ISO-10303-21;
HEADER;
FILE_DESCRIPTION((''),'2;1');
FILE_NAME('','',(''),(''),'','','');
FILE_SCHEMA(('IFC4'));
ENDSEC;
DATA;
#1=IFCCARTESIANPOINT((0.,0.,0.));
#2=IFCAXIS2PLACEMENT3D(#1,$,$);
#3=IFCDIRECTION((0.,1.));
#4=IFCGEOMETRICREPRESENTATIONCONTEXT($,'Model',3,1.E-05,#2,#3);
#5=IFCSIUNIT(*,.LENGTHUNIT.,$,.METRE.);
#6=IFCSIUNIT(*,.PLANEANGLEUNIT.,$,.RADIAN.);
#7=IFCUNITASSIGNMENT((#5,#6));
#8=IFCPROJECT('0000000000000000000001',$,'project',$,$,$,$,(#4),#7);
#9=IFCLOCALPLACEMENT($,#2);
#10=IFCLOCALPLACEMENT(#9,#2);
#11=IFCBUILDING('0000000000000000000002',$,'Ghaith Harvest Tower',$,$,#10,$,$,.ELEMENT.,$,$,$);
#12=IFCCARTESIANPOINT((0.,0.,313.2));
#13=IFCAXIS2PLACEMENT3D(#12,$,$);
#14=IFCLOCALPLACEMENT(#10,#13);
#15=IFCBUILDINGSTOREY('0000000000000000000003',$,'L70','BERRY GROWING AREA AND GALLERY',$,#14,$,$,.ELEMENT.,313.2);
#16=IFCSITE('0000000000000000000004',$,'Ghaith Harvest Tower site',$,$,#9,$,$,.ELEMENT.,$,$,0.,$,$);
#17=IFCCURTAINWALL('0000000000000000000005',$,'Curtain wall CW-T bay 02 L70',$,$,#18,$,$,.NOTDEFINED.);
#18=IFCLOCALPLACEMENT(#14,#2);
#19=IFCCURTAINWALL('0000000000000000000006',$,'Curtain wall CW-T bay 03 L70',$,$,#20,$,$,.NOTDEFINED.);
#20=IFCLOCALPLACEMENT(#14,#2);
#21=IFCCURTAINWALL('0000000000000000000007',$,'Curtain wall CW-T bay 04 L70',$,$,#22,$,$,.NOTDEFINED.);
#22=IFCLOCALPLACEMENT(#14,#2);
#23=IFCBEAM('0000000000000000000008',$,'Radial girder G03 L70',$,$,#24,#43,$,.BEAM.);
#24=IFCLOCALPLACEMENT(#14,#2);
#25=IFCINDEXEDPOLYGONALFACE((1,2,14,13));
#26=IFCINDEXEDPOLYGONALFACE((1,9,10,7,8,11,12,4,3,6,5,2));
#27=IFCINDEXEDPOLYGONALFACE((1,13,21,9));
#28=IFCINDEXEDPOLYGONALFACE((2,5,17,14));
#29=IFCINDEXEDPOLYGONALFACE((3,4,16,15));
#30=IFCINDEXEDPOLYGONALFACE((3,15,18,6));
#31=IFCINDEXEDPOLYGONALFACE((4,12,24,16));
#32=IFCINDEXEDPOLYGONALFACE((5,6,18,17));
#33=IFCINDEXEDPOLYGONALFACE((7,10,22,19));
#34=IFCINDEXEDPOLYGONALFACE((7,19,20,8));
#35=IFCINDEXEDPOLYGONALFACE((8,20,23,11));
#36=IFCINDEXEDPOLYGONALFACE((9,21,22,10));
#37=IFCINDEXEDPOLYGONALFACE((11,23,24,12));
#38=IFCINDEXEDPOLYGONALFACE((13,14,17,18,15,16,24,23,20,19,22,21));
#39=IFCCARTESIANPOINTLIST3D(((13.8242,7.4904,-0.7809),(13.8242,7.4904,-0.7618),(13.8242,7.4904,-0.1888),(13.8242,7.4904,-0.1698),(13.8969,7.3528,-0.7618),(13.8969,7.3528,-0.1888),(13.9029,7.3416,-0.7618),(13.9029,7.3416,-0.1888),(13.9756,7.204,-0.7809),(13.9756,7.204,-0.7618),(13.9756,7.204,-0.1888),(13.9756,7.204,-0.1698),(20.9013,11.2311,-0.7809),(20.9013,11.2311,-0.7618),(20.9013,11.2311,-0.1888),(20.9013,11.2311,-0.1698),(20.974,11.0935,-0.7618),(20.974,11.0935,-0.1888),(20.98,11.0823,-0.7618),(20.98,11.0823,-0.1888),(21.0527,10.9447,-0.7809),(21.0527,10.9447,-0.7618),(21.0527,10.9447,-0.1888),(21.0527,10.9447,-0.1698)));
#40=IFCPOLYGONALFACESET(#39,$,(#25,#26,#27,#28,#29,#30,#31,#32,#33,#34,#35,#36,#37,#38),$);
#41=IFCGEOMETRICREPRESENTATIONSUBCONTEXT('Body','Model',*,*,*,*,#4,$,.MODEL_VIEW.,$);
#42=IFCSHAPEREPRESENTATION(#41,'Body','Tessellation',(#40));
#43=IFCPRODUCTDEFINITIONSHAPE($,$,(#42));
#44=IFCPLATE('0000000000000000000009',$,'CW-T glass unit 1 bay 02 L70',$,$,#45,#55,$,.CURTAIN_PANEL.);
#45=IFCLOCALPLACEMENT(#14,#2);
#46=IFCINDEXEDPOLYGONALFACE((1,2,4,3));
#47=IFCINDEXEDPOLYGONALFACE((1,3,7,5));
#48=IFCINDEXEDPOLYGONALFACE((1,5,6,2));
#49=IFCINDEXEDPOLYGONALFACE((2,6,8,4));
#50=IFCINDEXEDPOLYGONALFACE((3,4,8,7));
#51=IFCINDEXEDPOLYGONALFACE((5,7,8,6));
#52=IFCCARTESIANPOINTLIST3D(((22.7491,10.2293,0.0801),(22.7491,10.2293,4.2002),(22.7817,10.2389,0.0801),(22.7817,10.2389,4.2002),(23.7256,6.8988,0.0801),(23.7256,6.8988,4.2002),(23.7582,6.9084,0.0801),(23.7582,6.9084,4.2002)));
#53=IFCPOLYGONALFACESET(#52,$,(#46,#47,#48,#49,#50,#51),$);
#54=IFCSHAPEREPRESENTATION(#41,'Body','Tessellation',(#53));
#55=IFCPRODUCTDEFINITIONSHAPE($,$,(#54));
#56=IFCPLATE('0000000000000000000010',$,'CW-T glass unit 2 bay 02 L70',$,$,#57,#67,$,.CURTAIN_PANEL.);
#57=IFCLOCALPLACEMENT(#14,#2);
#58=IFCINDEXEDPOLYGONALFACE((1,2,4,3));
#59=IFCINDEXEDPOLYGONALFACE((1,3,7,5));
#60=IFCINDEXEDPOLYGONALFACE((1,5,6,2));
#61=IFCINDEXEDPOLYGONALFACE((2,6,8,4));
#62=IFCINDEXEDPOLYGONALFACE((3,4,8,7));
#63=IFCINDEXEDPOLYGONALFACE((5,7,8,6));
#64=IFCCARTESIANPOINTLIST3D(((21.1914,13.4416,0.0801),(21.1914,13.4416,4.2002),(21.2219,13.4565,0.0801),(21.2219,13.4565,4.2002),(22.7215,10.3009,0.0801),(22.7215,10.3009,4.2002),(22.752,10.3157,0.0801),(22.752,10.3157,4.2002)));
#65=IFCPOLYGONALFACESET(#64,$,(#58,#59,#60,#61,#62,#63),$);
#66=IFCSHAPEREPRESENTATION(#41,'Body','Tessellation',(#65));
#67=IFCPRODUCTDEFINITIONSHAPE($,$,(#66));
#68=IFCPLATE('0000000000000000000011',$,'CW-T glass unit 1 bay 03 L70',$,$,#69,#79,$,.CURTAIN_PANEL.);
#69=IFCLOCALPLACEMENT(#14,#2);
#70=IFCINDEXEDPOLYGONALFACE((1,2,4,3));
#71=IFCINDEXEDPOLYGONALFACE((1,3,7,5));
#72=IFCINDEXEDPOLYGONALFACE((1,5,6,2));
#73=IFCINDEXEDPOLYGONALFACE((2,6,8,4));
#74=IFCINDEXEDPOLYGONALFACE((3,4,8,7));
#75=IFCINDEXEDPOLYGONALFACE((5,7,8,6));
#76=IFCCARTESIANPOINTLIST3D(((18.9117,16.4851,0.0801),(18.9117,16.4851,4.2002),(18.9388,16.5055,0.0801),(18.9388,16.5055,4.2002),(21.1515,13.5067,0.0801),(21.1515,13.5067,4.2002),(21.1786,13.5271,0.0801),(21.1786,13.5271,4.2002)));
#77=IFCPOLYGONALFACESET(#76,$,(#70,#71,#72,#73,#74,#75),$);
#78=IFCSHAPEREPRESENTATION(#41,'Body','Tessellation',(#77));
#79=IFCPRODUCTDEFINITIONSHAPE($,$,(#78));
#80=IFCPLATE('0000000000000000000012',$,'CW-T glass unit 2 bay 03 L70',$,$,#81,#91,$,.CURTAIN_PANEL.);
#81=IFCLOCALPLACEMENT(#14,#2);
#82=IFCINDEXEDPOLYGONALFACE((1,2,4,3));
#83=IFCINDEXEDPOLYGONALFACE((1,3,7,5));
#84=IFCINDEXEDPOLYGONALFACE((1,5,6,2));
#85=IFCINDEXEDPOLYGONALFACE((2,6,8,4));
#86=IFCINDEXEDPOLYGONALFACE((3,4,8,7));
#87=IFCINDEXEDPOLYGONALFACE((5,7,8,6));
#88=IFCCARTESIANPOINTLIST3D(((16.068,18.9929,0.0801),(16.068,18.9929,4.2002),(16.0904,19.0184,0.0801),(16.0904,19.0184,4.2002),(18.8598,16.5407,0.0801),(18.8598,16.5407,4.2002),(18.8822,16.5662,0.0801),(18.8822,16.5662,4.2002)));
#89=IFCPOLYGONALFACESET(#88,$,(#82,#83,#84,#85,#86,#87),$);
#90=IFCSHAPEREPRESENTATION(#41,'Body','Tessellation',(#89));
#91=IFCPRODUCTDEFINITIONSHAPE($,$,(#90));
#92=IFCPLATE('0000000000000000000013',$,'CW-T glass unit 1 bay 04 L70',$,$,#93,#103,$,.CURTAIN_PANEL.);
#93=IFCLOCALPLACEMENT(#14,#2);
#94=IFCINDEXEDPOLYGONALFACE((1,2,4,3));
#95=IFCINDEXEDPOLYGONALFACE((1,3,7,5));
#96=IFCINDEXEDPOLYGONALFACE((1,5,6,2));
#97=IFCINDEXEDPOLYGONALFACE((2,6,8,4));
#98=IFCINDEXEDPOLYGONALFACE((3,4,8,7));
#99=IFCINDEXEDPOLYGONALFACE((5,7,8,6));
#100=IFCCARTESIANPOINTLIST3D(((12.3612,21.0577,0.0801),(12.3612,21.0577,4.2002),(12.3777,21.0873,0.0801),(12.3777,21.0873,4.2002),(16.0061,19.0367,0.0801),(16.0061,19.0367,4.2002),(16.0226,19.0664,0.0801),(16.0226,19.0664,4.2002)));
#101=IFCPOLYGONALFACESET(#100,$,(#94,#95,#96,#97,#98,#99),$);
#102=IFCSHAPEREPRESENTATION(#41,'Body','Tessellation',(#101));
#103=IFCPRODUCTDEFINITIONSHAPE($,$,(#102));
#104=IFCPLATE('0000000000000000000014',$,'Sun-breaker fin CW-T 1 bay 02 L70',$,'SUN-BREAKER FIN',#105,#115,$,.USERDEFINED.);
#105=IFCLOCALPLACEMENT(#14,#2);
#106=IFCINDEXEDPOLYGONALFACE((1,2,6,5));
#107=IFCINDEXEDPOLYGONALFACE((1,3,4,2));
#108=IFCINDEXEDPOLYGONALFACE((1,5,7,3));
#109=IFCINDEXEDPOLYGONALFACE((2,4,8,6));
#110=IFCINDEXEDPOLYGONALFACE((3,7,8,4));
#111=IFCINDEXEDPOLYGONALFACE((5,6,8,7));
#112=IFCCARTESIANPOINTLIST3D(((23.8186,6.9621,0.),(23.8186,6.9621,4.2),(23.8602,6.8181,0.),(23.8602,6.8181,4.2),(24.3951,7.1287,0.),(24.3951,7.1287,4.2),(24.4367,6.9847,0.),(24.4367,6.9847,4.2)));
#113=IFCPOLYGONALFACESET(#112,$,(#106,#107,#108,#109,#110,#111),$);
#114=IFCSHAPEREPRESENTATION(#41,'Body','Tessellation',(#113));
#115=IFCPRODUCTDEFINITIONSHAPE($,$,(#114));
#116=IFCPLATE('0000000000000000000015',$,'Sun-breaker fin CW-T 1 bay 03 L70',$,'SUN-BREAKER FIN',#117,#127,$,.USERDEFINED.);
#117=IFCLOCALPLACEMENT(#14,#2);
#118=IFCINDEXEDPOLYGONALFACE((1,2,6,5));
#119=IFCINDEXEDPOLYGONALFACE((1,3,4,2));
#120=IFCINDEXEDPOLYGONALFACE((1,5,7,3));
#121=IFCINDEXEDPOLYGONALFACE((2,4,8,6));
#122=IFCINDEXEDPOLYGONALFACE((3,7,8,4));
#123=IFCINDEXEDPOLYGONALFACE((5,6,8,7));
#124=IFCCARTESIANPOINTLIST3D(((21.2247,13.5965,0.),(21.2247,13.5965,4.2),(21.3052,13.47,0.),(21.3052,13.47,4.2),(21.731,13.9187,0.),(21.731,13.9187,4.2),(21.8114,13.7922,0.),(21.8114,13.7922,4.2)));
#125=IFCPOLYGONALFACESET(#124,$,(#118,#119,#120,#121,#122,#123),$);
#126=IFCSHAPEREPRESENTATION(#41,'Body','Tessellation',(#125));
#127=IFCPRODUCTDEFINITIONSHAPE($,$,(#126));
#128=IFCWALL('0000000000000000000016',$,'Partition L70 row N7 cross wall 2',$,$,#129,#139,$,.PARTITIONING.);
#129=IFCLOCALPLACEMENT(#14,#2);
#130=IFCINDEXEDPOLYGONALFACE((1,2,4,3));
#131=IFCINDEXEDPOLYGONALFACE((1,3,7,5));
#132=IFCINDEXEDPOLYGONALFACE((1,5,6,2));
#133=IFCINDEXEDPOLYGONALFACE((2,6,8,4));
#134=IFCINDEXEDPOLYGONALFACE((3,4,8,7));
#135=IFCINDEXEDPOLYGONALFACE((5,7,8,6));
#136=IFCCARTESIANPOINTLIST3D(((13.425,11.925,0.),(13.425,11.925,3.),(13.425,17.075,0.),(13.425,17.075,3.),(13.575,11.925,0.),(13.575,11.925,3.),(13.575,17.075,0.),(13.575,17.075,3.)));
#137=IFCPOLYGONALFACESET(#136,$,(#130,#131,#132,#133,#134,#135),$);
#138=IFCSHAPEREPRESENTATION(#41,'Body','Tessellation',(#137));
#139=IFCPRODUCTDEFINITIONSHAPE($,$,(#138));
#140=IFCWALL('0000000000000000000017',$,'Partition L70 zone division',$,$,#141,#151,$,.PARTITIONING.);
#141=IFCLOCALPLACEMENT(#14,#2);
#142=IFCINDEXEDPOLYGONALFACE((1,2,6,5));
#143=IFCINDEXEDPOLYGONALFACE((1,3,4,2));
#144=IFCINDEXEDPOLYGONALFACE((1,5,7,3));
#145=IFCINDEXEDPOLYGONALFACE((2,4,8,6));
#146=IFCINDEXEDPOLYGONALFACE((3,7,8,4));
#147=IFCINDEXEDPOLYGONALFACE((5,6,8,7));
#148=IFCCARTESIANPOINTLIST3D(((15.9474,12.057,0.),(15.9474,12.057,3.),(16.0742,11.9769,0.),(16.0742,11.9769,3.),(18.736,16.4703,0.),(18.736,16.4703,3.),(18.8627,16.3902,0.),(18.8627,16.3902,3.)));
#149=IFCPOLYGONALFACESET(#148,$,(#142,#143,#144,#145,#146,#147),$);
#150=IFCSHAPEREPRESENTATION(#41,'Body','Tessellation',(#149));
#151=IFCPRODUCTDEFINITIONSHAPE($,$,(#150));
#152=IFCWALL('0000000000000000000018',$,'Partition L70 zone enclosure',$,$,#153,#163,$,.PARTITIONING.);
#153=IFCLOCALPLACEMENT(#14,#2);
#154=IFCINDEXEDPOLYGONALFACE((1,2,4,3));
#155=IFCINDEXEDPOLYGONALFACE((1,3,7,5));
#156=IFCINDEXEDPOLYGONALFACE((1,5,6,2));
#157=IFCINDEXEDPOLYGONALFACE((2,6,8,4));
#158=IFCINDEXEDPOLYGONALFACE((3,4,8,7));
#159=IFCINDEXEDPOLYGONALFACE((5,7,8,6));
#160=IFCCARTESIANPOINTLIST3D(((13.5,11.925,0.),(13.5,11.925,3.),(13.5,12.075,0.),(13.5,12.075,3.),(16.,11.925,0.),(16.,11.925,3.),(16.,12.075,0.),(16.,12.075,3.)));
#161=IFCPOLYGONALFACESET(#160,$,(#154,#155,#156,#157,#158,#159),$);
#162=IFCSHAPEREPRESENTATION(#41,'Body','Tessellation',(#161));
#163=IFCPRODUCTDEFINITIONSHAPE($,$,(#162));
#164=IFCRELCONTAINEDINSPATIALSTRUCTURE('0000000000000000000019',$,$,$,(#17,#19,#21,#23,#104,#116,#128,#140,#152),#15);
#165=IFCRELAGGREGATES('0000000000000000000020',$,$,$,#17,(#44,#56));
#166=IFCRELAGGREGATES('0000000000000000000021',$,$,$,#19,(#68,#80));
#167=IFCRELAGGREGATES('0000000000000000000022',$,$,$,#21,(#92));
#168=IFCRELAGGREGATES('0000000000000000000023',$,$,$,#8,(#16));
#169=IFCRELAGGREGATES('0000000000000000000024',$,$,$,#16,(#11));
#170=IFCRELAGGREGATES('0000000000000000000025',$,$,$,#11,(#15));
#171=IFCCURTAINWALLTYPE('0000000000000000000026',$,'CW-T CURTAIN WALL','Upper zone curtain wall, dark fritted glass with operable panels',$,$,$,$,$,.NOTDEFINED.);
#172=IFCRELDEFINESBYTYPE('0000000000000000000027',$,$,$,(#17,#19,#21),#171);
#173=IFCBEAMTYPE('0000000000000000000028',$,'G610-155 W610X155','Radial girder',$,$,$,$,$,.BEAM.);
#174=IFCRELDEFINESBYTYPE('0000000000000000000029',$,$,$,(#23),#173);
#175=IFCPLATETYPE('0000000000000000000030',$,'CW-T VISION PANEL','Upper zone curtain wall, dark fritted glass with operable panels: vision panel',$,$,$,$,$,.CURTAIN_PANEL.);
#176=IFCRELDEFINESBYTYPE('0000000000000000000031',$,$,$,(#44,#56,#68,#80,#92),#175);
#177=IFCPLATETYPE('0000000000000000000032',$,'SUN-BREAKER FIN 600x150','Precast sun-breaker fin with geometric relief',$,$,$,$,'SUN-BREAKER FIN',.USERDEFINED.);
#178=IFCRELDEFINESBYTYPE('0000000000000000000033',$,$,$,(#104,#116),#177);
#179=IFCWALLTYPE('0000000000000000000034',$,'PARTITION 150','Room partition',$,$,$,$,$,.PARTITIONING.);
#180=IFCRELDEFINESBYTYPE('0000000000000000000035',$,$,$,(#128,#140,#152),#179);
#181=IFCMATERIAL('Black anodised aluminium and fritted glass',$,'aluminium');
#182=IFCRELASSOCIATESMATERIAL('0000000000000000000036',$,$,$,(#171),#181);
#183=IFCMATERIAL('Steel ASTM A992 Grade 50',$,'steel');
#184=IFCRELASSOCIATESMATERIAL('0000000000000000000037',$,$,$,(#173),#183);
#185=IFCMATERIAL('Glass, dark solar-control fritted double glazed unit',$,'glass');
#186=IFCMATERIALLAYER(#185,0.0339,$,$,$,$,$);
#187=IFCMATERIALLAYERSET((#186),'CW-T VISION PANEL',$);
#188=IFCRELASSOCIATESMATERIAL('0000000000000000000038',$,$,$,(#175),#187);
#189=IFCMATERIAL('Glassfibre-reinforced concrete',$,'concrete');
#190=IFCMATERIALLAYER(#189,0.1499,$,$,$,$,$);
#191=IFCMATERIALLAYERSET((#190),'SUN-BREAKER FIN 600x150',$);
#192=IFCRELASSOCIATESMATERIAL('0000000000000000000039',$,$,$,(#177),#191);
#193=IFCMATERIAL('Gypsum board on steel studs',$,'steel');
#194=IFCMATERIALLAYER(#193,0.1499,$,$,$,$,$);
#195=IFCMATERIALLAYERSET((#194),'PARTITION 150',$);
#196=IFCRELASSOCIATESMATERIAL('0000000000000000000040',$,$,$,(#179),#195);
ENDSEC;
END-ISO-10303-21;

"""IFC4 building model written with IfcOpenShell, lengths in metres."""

from ifc_helpers import new_model, si_unit, direction, frame, frame_2d, origin, origin_2d, place, context, subcontext, project, spatial, rectangle, i_section, extrude, material, layer, layer_set, material_profile, profile_set, type_object, element, aggregate, save


model = new_model("IFC4")

# Units and contexts
model_context = context("Model", 3, precision=1e-05, world=origin(), true_north=direction((0.0, 1.0)))
body_context = subcontext(model_context, "Body", "Model", "MODEL_VIEW")
ifc_project = project(units=[si_unit("LENGTHUNIT", "METRE"), si_unit("PLANEANGLEUNIT", "RADIAN")], contexts=[model_context])

# Site, building, storey
site_placement = place(None, origin())
site = spatial("IfcSite", under=ifc_project, at=site_placement, Name="Ghaith Harvest Tower site", CompositionType="ELEMENT", RefElevation=0.0)
building_placement = place(site_placement, origin())
building = spatial("IfcBuilding", under=site, at=building_placement, Name="Ghaith Harvest Tower", CompositionType="ELEMENT")
storey_placement = place(building_placement, frame((0.0, 0.0, 313.2)))
storey = spatial("IfcBuildingStorey", under=building, at=storey_placement, Name="L70", Description="BERRY GROWING AREA AND GALLERY", CompositionType="ELEMENT", Elevation=313.2)

# Curtain wall
ifc_material_1 = material(Name="Black anodised aluminium and fritted glass", Category="aluminium")
curtain_wall_type = type_object("IfcCurtainWallType", Name="CW-T CURTAIN WALL", Description="Upper zone curtain wall, dark fritted glass with operable panels", PredefinedType="NOTDEFINED", material=ifc_material_1)
curtain_wall_1_placement = place(storey_placement, origin())
curtain_wall_1 = element("IfcCurtainWall", 1, at=curtain_wall_1_placement, inside=storey, type_object=curtain_wall_type, Name="Curtain wall CW-T bay 02 L70", PredefinedType="NOTDEFINED")

# Curtain wall
curtain_wall_2_placement = place(storey_placement, origin())
curtain_wall_2 = element("IfcCurtainWall", 2, at=curtain_wall_2_placement, inside=storey, type_object=curtain_wall_type, Name="Curtain wall CW-T bay 03 L70", PredefinedType="NOTDEFINED")

# Curtain wall
curtain_wall_3_placement = place(storey_placement, origin())
curtain_wall_3 = element("IfcCurtainWall", 3, at=curtain_wall_3_placement, inside=storey, type_object=curtain_wall_type, Name="Curtain wall CW-T bay 04 L70", PredefinedType="NOTDEFINED")

# Beam
ifc_material_2 = material(Name="Steel ASTM A992 Grade 50", Category="steel")
ifc_material_profile_1 = material_profile(ifc_material_2, i_section(OverallWidth=0.324, OverallDepth=0.6111, WebThickness=0.0127, FlangeThickness=0.019, at=origin_2d()), Name="W610X155")
ifc_profile_set_1 = profile_set([ifc_material_profile_1], Name="Steel ASTM A992 Grade 50")
beam_type_1 = type_object("IfcBeamType", Name="G610-155 W610X155", Description="Radial girder", PredefinedType="BEAM", material=ifc_profile_set_1)
beam_1_placement = place(storey_placement, frame((13.8999, 7.3472, -0.4753), z_axis=(0.884098, 0.467302, 0.0), x_axis=(-0.467302, 0.884098, 0.0)))
element("IfcBeam", 4, at=beam_1_placement, inside=storey, type_object=beam_type_1, Name="Radial girder G03 L70", PredefinedType="BEAM", context=body_context, shape_type="SweptSolid", body=[
    extrude(i_section(OverallWidth=0.324, OverallDepth=0.6111, WebThickness=0.0127, FlangeThickness=0.019, at=origin_2d()), origin(), (0.0, 0.0, 1.0), 8.0049),
])

# Plates
ifc_material_3 = material(Name="Glass, dark solar-control fritted double glazed unit", Category="glass")
ifc_layer_1 = layer(ifc_material_3, 0.0339)
ifc_layer_set_1 = layer_set([ifc_layer_1], Name="CW-T VISION PANEL")
plate_type_1 = type_object("IfcPlateType", Name="CW-T VISION PANEL", Description="Upper zone curtain wall, dark fritted glass with operable panels: vision panel", PredefinedType="CURTAIN_PANEL", material=ifc_layer_set_1)
plate_1_placement = place(storey_placement, frame((23.2537, 8.5688, 0.0801), z_axis=(0.0, 0.0, 1.0), x_axis=(-0.281345, 0.959607, 0.0)))
plate_1 = element("IfcPlate", 5, at=plate_1_placement, type_object=plate_type_1, Name="CW-T glass unit 1 bay 02 L70", PredefinedType="CURTAIN_PANEL", context=body_context, shape_type="SweptSolid", body=[
    extrude(rectangle(XDim=3.4707, YDim=0.0339, at=origin_2d()), origin(), (0.0, 0.0, 1.0), 4.1201),
])
plate_2_placement = place(storey_placement, frame((21.9717, 11.8787, 0.0801), z_axis=(0.0, 0.0, 1.0), x_axis=(-0.437968, 0.89899, 0.0)))
plate_2 = element("IfcPlate", 6, at=plate_2_placement, type_object=plate_type_1, Name="CW-T glass unit 2 bay 02 L70", PredefinedType="CURTAIN_PANEL", context=body_context, shape_type="SweptSolid", body=[
    extrude(rectangle(XDim=3.4937, YDim=0.0339, at=origin_2d()), origin(), (0.0, 0.0, 1.0), 4.1201),
])
aggregate(curtain_wall_1, [plate_1, plate_2])
plate_3_placement = place(storey_placement, frame((20.0452, 15.0061, 0.0801), z_axis=(0.0, 0.0, 1.0), x_axis=(-0.601048, 0.799213, 0.0)))
plate_3 = element("IfcPlate", 7, at=plate_3_placement, type_object=plate_type_1, Name="CW-T glass unit 1 bay 03 L70", PredefinedType="CURTAIN_PANEL", context=body_context, shape_type="SweptSolid", body=[
    extrude(rectangle(XDim=3.7266, YDim=0.0339, at=origin_2d()), origin(), (0.0, 0.0, 1.0), 4.1201),
])
plate_4_placement = place(storey_placement, frame((17.4751, 17.7795, 0.0801), z_axis=(0.0, 0.0, 1.0), x_axis=(-0.751335, 0.659922, 0.0)))
plate_4 = element("IfcPlate", 8, at=plate_4_placement, type_object=plate_type_1, Name="CW-T glass unit 2 bay 03 L70", PredefinedType="CURTAIN_PANEL", context=body_context, shape_type="SweptSolid", body=[
    extrude(rectangle(XDim=3.7158, YDim=0.0339, at=origin_2d()), origin(), (0.0, 0.0, 1.0), 4.1201),
])
aggregate(curtain_wall_2, [plate_3, plate_4])
plate_5_placement = place(storey_placement, frame((14.1919, 20.062, 0.0801), z_axis=(0.0, 0.0, 1.0), x_axis=(-0.874564, 0.48491, 0.0)))
plate_5 = element("IfcPlate", 9, at=plate_5_placement, type_object=plate_type_1, Name="CW-T glass unit 1 bay 04 L70", PredefinedType="CURTAIN_PANEL", context=body_context, shape_type="SweptSolid", body=[
    extrude(rectangle(XDim=4.1677, YDim=0.0339, at=origin_2d()), origin(), (0.0, 0.0, 1.0), 4.1201),
])
aggregate(curtain_wall_3, [plate_5])

# Plates
ifc_material_4 = material(Name="Glassfibre-reinforced concrete", Category="concrete")
ifc_layer_2 = layer(ifc_material_4, 0.1499)
ifc_layer_set_2 = layer_set([ifc_layer_2], Name="SUN-BREAKER FIN 600x150")
plate_type_2 = type_object("IfcPlateType", Name="SUN-BREAKER FIN 600x150", Description="Precast sun-breaker fin with geometric relief", ElementType="SUN-BREAKER FIN", PredefinedType="USERDEFINED", material=ifc_layer_set_2)
for number, where, z_axis, x_axis, name in (
    (10, (24.1277, 6.9734, 0.0), (0.0, 0.0, 1.0), (0.96068, 0.277657, 0.0), "Sun-breaker fin CW-T 1 bay 02 L70"),
    (11, (21.5181, 13.6943, 0.0), (0.0, 0.0, 1.0), (0.843644, 0.536903, 0.0), "Sun-breaker fin CW-T 1 bay 03 L70"),
):
    element("IfcPlate", number, at=place(storey_placement, frame(where, z_axis=z_axis, x_axis=x_axis)), inside=storey, type_object=plate_type_2, Name=name, ObjectType="SUN-BREAKER FIN", PredefinedType="USERDEFINED", context=body_context, shape_type="SweptSolid", body=[
        extrude(rectangle(XDim=0.6001, YDim=0.1499, at=origin_2d()), origin(), (0.0, 0.0, 1.0), 4.2),
    ])

# Walls
ifc_material_5 = material(Name="Gypsum board on steel studs", Category="steel")
ifc_layer_3 = layer(ifc_material_5, 0.1499)
ifc_layer_set_3 = layer_set([ifc_layer_3], Name="PARTITION 150")
wall_type_1 = type_object("IfcWallType", Name="PARTITION 150", Description="Room partition", PredefinedType="PARTITIONING", material=ifc_layer_set_3)
wall_1_placement = place(storey_placement, frame((13.5, 11.925, 0.0), z_axis=(0.0, 0.0, 1.0), x_axis=(0.0, 1.0, 0.0)))
element("IfcWall", 12, at=wall_1_placement, inside=storey, type_object=wall_type_1, Name="Partition L70 row N7 cross wall 2", PredefinedType="PARTITIONING", context=body_context, shape_type="SweptSolid", body=[
    extrude(rectangle(XDim=5.1499, YDim=0.1499, at=frame_2d((2.575, 0.0))), origin(), (0.0, 0.0, 1.0), 3.0),
])
wall_2_placement = place(storey_placement, frame((16.0107, 12.0168, 0.0), z_axis=(0.0, 0.0, 1.0), x_axis=(0.534158, 0.845384, 0.0)))
element("IfcWall", 13, at=wall_2_placement, inside=storey, type_object=wall_type_1, Name="Partition L70 zone division", PredefinedType="PARTITIONING", context=body_context, shape_type="SweptSolid", body=[
    extrude(rectangle(XDim=5.2205, YDim=0.1499, at=frame_2d((2.6104, 0.0))), origin(), (0.0, 0.0, 1.0), 3.0),
])
wall_3_placement = place(storey_placement, frame((16.0, 12.0, 0.0), z_axis=(0.0, 0.0, 1.0), x_axis=(-1.0, 0.0, 0.0)))
element("IfcWall", 14, at=wall_3_placement, inside=storey, type_object=wall_type_1, Name="Partition L70 zone enclosure", PredefinedType="PARTITIONING", context=body_context, shape_type="SweptSolid", body=[
    extrude(rectangle(XDim=2.5, YDim=0.1499, at=frame_2d((1.25, 0.0))), origin(), (0.0, 0.0, 1.0), 3.0),
])

save(model, "model.ifc")
